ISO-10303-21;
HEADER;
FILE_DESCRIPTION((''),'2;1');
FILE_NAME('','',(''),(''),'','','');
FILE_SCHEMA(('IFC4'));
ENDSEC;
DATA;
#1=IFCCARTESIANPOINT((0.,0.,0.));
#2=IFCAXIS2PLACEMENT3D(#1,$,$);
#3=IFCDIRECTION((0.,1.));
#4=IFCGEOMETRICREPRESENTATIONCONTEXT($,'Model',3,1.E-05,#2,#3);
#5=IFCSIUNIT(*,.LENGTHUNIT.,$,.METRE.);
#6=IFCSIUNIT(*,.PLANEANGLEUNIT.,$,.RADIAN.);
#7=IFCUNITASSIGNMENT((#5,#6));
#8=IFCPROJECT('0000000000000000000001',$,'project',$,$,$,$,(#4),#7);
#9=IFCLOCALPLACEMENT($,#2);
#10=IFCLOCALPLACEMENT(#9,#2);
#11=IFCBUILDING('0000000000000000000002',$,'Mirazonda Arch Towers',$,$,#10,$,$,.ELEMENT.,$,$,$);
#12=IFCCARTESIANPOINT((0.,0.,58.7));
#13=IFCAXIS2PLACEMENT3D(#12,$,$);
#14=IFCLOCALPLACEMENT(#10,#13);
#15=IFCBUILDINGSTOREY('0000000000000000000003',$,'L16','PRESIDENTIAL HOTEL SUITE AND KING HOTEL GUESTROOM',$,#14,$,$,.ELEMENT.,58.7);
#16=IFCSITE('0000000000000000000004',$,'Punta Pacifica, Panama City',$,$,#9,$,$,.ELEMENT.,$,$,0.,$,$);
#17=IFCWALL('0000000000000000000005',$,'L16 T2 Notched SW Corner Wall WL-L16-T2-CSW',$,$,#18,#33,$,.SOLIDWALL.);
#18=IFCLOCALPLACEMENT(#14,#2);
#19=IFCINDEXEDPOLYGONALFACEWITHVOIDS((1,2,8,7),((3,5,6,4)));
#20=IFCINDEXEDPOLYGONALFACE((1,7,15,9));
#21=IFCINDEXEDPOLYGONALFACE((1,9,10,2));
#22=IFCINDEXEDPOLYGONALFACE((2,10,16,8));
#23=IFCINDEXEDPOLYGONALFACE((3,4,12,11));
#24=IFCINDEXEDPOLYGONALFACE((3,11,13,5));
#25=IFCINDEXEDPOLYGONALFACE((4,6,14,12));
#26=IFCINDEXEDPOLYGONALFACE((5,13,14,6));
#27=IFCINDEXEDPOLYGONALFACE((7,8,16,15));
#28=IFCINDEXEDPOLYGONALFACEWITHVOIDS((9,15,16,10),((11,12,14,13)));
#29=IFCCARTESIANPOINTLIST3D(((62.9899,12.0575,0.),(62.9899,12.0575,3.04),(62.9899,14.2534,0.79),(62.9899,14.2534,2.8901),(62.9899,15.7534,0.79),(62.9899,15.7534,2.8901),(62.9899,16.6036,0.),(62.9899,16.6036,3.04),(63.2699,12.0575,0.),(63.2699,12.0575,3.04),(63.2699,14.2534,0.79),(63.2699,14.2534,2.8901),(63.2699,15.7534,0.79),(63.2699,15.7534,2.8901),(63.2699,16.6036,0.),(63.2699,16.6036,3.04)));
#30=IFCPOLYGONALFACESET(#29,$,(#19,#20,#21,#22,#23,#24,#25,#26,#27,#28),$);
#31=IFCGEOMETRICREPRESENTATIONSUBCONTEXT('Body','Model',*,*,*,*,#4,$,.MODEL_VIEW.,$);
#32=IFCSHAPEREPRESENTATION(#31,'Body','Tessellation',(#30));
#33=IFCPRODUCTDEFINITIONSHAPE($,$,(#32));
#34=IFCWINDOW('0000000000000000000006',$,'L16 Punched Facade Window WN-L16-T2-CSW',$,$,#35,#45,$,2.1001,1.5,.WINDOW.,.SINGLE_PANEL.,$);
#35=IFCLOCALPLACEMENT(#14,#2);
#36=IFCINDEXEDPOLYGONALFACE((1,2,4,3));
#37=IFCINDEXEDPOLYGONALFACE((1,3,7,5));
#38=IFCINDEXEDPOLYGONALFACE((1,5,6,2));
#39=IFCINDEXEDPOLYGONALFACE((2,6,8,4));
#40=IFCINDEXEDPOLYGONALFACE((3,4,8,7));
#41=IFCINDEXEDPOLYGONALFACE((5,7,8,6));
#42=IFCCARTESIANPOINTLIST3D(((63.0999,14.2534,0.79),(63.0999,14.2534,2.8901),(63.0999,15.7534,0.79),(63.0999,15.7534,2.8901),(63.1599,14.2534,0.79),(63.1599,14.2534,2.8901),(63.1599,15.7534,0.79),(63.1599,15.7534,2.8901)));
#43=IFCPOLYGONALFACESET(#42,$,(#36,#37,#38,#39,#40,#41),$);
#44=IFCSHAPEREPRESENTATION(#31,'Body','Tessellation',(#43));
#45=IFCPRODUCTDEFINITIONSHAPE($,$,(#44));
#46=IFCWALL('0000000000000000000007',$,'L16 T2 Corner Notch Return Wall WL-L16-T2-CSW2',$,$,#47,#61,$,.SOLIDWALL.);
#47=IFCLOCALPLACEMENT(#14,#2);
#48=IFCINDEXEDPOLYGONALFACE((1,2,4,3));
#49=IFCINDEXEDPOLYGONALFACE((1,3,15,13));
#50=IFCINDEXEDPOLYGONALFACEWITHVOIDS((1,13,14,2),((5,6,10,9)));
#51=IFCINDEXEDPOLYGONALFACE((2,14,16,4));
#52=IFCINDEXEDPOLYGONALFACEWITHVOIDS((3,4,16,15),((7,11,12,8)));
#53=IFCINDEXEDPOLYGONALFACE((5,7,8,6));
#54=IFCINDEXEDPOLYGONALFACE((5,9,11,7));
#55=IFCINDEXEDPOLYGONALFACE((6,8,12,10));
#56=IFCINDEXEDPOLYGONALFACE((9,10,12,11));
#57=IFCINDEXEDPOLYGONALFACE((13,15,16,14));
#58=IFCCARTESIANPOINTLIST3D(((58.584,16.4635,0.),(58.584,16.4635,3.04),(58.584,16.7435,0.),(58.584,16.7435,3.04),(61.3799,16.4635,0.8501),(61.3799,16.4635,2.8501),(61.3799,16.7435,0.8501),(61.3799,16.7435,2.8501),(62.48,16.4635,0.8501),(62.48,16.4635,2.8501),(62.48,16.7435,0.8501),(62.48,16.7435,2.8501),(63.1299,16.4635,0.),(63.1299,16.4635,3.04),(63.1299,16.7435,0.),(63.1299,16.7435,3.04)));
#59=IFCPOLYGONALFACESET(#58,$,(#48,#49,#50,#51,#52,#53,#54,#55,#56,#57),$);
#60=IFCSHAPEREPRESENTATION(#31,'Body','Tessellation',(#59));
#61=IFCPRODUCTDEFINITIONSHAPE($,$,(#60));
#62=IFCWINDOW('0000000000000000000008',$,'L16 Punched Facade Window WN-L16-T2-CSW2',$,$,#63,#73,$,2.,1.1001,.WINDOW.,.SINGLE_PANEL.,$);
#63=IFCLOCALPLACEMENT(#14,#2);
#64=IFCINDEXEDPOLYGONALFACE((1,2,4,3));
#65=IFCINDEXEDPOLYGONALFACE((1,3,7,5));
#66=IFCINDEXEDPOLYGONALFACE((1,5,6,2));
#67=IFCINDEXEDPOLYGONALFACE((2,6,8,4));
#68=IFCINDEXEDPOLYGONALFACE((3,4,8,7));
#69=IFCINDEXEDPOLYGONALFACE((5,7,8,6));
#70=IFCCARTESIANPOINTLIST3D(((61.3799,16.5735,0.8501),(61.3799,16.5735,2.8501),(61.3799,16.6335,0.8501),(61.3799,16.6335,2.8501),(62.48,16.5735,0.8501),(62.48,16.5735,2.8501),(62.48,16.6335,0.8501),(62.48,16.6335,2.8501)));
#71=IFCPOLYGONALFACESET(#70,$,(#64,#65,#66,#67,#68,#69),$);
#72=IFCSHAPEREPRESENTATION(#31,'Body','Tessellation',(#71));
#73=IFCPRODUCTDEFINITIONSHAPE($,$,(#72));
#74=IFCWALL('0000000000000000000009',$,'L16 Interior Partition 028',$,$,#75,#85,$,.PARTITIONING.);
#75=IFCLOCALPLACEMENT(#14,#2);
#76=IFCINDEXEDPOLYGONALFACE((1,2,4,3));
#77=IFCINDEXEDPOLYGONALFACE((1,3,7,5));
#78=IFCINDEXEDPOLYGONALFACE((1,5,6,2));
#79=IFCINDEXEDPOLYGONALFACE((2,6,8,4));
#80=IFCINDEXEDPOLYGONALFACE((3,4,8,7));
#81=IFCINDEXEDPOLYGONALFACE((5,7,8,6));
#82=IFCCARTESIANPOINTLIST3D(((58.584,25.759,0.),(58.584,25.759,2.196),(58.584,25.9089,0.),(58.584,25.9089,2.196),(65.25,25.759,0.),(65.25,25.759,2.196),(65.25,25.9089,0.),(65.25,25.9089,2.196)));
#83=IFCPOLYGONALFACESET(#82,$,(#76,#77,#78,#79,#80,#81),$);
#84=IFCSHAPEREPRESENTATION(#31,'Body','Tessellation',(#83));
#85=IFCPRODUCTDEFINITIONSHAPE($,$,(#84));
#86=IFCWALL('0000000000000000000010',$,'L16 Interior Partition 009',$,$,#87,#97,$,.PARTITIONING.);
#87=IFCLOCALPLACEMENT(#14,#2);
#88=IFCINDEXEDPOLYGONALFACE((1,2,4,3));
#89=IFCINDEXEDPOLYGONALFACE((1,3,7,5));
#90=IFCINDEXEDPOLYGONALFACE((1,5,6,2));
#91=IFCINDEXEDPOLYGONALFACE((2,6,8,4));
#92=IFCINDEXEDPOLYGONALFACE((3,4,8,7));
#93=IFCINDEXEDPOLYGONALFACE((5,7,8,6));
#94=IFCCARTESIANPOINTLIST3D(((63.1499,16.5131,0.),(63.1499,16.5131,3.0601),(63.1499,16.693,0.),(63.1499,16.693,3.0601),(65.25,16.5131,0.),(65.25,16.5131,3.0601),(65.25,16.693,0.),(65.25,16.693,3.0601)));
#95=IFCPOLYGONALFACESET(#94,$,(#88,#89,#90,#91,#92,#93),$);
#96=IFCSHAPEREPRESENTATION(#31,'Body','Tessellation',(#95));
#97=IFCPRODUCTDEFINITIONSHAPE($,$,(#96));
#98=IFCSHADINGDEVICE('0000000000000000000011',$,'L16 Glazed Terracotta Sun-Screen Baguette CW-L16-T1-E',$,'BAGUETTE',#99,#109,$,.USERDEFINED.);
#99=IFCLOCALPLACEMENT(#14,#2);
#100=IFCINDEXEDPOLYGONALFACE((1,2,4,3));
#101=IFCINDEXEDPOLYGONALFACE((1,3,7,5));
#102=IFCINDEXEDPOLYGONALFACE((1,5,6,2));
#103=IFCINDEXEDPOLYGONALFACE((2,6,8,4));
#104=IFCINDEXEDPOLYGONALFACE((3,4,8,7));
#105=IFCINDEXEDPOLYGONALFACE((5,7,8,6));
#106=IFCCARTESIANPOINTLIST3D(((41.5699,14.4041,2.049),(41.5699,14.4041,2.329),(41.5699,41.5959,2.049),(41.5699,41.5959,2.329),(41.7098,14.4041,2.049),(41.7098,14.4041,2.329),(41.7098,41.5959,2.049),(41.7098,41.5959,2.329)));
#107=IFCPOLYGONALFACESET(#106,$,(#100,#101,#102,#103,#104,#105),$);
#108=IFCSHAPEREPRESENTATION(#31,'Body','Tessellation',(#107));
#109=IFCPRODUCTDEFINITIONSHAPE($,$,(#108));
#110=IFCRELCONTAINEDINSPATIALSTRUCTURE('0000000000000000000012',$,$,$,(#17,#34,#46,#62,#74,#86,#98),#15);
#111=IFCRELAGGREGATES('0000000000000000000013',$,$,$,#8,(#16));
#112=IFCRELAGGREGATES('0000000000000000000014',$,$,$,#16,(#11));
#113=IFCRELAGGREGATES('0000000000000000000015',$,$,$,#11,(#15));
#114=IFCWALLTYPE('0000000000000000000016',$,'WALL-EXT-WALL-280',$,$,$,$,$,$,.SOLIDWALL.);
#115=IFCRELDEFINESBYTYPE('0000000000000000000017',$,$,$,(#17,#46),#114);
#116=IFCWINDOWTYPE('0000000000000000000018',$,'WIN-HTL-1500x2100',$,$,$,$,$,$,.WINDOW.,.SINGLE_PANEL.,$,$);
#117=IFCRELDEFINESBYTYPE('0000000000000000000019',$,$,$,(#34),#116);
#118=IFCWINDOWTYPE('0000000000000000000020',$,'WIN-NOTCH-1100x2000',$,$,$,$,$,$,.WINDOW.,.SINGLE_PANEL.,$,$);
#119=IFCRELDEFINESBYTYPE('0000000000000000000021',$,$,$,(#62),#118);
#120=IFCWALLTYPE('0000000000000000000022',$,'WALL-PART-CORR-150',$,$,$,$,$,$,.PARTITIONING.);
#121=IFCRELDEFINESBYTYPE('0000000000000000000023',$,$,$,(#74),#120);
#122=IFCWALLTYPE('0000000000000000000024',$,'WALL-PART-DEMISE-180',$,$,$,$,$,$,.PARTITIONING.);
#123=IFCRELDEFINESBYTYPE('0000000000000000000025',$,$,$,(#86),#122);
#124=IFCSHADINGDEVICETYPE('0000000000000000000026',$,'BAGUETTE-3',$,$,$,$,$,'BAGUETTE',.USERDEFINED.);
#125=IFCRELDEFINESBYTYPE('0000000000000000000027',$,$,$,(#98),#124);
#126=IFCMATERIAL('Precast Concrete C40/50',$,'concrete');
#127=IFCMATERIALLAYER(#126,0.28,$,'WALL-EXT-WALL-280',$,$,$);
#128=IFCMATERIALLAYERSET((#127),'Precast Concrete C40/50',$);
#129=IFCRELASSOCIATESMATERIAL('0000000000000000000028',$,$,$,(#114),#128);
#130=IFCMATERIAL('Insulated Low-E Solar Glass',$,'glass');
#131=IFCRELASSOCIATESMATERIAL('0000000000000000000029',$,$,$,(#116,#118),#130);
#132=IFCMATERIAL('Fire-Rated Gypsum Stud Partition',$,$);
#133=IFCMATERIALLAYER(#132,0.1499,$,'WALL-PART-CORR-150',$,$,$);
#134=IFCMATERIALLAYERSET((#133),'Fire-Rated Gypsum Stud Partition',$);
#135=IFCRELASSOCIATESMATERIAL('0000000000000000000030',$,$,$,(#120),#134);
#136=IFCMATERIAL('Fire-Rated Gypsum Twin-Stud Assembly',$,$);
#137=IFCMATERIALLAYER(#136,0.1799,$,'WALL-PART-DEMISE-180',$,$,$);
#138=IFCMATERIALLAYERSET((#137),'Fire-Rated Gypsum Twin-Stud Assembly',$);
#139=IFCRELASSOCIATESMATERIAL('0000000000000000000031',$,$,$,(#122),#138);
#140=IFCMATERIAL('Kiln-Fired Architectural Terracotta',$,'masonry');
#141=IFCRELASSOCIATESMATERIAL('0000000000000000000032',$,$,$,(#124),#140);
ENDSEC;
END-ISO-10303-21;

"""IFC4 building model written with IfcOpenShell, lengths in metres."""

from ifc_helpers import new_model, si_unit, direction, frame, frame_2d, origin, origin_2d, place, context, subcontext, project, spatial, rectangle, extrude, material, layer, layer_set, material_profile, profile_set, type_object, element, fill, save


model = new_model("IFC4")

# Units and contexts
model_context = context("Model", 3, precision=1e-05, world=origin(), true_north=direction((0.0, 1.0)))
body_context = subcontext(model_context, "Body", "Model", "MODEL_VIEW")
ifc_project = project(units=[si_unit("LENGTHUNIT", "METRE"), si_unit("PLANEANGLEUNIT", "RADIAN")], contexts=[model_context])

# Site, building, storey
site_placement = place(None, origin())
site = spatial("IfcSite", under=ifc_project, at=site_placement, Name="Punta Pacifica, Panama City", CompositionType="ELEMENT", RefElevation=0.0)
building_placement = place(site_placement, origin())
building = spatial("IfcBuilding", under=site, at=building_placement, Name="Mirazonda Arch Towers", CompositionType="ELEMENT")
storey_placement = place(building_placement, frame((0.0, 0.0, 58.7)))
storey = spatial("IfcBuildingStorey", under=building, at=storey_placement, Name="L16", Description="PRESIDENTIAL HOTEL SUITE AND KING HOTEL GUESTROOM", CompositionType="ELEMENT", Elevation=58.7)

# Shared definitions
ifc_material_1 = material(Name="Insulated Low-E Solar Glass", Category="glass")

# Shared definitions
ifc_material_2 = material(Name="Precast Concrete C40/50", Category="concrete")
ifc_layer_1 = layer(ifc_material_2, 0.28, Name="WALL-EXT-WALL-280")
ifc_layer_set_1 = layer_set([ifc_layer_1], Name="Precast Concrete C40/50")
wall_type_1 = type_object("IfcWallType", Name="WALL-EXT-WALL-280", PredefinedType="SOLIDWALL", material=ifc_layer_set_1)

# Walls, openings, windows
wall_1_placement = place(storey_placement, frame((63.1299, 16.6035, 0.0), z_axis=(0.0, 0.0, 1.0), x_axis=(0.0, -1.0, 0.0)))
wall_1 = element("IfcWall", 1, at=wall_1_placement, inside=storey, type_object=wall_type_1, Name="L16 T2 Notched SW Corner Wall WL-L16-T2-CSW", PredefinedType="SOLIDWALL", context=body_context, shape_type="SweptSolid", body=[
    extrude(rectangle(XDim=4.5461, YDim=0.28, at=frame_2d((2.2729, 0.0))), origin(), (0.0, 0.0, 1.0), 3.04),
])
opening_1_placement = place(wall_1_placement, frame((0.8501, 0.0, 0.79)))
opening_1 = element("IfcOpeningElement", 2, at=opening_1_placement, cuts=wall_1, PredefinedType="OPENING", context=body_context, shape_type="SweptSolid", body=[
    extrude(rectangle(XDim=1.5, YDim=2.1001, at=frame_2d((0.75, 1.05))), frame((0.0, 0.1499, 0.0), z_axis=(0.0, -1.0, 0.0), x_axis=(1.0, 0.0, 0.0)), (0.0, 0.0, 1.0), 0.3),
])
window_type_1 = type_object("IfcWindowType", Name="WIN-HTL-1500x2100", PartitioningType="SINGLE_PANEL", PredefinedType="WINDOW", material=ifc_material_1)
window_1_placement = place(opening_1_placement, origin())
window_1 = element("IfcWindow", 3, at=window_1_placement, inside=storey, type_object=window_type_1, Name="L16 Punched Facade Window WN-L16-T2-CSW", OverallHeight=2.1001, OverallWidth=1.5, PartitioningType="SINGLE_PANEL", PredefinedType="WINDOW", context=body_context, shape_type="SweptSolid", body=[
    extrude(rectangle(XDim=1.5, YDim=2.1001, at=frame_2d((0.75, 1.05))), frame((0.0, 0.03, 0.0), z_axis=(0.0, -1.0, 0.0), x_axis=(1.0, 0.0, 0.0)), (0.0, 0.0, 1.0), 0.0601),
])
fill(opening_1, window_1)
wall_2_placement = place(storey_placement, frame((58.584, 16.6035, 0.0), z_axis=(0.0, 0.0, 1.0), x_axis=(1.0, 0.0, 0.0)))
wall_2 = element("IfcWall", 4, at=wall_2_placement, inside=storey, type_object=wall_type_1, Name="L16 T2 Corner Notch Return Wall WL-L16-T2-CSW2", PredefinedType="SOLIDWALL", context=body_context, shape_type="SweptSolid", body=[
    extrude(rectangle(XDim=4.5459, YDim=0.28, at=frame_2d((2.2729, 0.0))), origin(), (0.0, 0.0, 1.0), 3.04),
])
opening_2_placement = place(wall_2_placement, frame((2.7959, 0.0, 0.8501)))
opening_2 = element("IfcOpeningElement", 5, at=opening_2_placement, cuts=wall_2, PredefinedType="OPENING", context=body_context, shape_type="SweptSolid", body=[
    extrude(rectangle(XDim=1.1001, YDim=2.0, at=frame_2d((0.55, 1.0))), frame((0.0, 0.1499, 0.0), z_axis=(0.0, -1.0, 0.0), x_axis=(1.0, 0.0, 0.0)), (0.0, 0.0, 1.0), 0.3),
])
window_type_2 = type_object("IfcWindowType", Name="WIN-NOTCH-1100x2000", PartitioningType="SINGLE_PANEL", PredefinedType="WINDOW", material=ifc_material_1)
window_2_placement = place(opening_2_placement, origin())
window_2 = element("IfcWindow", 6, at=window_2_placement, inside=storey, type_object=window_type_2, Name="L16 Punched Facade Window WN-L16-T2-CSW2", OverallHeight=2.0, OverallWidth=1.1001, PartitioningType="SINGLE_PANEL", PredefinedType="WINDOW", context=body_context, shape_type="SweptSolid", body=[
    extrude(rectangle(XDim=1.1001, YDim=2.0, at=frame_2d((0.55, 1.0))), frame((0.0, 0.03, 0.0), z_axis=(0.0, -1.0, 0.0), x_axis=(1.0, 0.0, 0.0)), (0.0, 0.0, 1.0), 0.0601),
])
fill(opening_2, window_2)

# Walls
ifc_material_3 = material(Name="Fire-Rated Gypsum Stud Partition")
ifc_layer_2 = layer(ifc_material_3, 0.1499, Name="WALL-PART-CORR-150")
ifc_layer_set_2 = layer_set([ifc_layer_2], Name="Fire-Rated Gypsum Stud Partition")
wall_type_2 = type_object("IfcWallType", Name="WALL-PART-CORR-150", PredefinedType="PARTITIONING", material=ifc_layer_set_2)
wall_3_placement = place(storey_placement, frame((58.584, 25.834, 0.0), z_axis=(0.0, 0.0, 1.0), x_axis=(1.0, 0.0, 0.0)))
element("IfcWall", 7, at=wall_3_placement, inside=storey, type_object=wall_type_2, Name="L16 Interior Partition 028", PredefinedType="PARTITIONING", context=body_context, shape_type="SweptSolid", body=[
    extrude(rectangle(XDim=6.666, YDim=0.1499, at=frame_2d((3.333, 0.0))), origin(), (0.0, 0.0, 1.0), 2.196),
])
ifc_material_4 = material(Name="Fire-Rated Gypsum Twin-Stud Assembly")
ifc_layer_3 = layer(ifc_material_4, 0.1799, Name="WALL-PART-DEMISE-180")
ifc_layer_set_3 = layer_set([ifc_layer_3], Name="Fire-Rated Gypsum Twin-Stud Assembly")
wall_type_3 = type_object("IfcWallType", Name="WALL-PART-DEMISE-180", PredefinedType="PARTITIONING", material=ifc_layer_set_3)
wall_4_placement = place(storey_placement, frame((63.1499, 16.603, 0.0), z_axis=(0.0, 0.0, 1.0), x_axis=(1.0, 0.0, 0.0)))
element("IfcWall", 8, at=wall_4_placement, inside=storey, type_object=wall_type_3, Name="L16 Interior Partition 009", PredefinedType="PARTITIONING", context=body_context, shape_type="SweptSolid", body=[
    extrude(rectangle(XDim=2.1001, YDim=0.1799, at=frame_2d((1.05, 0.0))), origin(), (0.0, 0.0, 1.0), 3.0601),
])

# Shading device
ifc_material_5 = material(Name="Kiln-Fired Architectural Terracotta", Category="masonry")
ifc_material_profile_1 = material_profile(ifc_material_5, rectangle(XDim=0.1399, YDim=0.28, at=origin_2d()), Name="TERRA-BAG-140x280")
ifc_profile_set_1 = profile_set([ifc_material_profile_1], Name="Kiln-Fired Architectural Terracotta")
shading_device_type = type_object("IfcShadingDeviceType", Name="BAGUETTE-3", ElementType="BAGUETTE", PredefinedType="USERDEFINED", material=ifc_profile_set_1)
shading_device_placement = place(storey_placement, frame((41.6399, 14.4041, 2.189), z_axis=(0.0, 1.0, 0.0), x_axis=(-1.0, 0.0, 0.0)))
element("IfcShadingDevice", 9, at=shading_device_placement, inside=storey, type_object=shading_device_type, Name="L16 Glazed Terracotta Sun-Screen Baguette CW-L16-T1-E", ObjectType="BAGUETTE", PredefinedType="USERDEFINED", context=body_context, shape_type="SweptSolid", body=[
    extrude(rectangle(XDim=0.1399, YDim=0.28, at=origin_2d()), origin(), (0.0, 0.0, 1.0), 27.1919),
])

save(model, "model.ifc")
